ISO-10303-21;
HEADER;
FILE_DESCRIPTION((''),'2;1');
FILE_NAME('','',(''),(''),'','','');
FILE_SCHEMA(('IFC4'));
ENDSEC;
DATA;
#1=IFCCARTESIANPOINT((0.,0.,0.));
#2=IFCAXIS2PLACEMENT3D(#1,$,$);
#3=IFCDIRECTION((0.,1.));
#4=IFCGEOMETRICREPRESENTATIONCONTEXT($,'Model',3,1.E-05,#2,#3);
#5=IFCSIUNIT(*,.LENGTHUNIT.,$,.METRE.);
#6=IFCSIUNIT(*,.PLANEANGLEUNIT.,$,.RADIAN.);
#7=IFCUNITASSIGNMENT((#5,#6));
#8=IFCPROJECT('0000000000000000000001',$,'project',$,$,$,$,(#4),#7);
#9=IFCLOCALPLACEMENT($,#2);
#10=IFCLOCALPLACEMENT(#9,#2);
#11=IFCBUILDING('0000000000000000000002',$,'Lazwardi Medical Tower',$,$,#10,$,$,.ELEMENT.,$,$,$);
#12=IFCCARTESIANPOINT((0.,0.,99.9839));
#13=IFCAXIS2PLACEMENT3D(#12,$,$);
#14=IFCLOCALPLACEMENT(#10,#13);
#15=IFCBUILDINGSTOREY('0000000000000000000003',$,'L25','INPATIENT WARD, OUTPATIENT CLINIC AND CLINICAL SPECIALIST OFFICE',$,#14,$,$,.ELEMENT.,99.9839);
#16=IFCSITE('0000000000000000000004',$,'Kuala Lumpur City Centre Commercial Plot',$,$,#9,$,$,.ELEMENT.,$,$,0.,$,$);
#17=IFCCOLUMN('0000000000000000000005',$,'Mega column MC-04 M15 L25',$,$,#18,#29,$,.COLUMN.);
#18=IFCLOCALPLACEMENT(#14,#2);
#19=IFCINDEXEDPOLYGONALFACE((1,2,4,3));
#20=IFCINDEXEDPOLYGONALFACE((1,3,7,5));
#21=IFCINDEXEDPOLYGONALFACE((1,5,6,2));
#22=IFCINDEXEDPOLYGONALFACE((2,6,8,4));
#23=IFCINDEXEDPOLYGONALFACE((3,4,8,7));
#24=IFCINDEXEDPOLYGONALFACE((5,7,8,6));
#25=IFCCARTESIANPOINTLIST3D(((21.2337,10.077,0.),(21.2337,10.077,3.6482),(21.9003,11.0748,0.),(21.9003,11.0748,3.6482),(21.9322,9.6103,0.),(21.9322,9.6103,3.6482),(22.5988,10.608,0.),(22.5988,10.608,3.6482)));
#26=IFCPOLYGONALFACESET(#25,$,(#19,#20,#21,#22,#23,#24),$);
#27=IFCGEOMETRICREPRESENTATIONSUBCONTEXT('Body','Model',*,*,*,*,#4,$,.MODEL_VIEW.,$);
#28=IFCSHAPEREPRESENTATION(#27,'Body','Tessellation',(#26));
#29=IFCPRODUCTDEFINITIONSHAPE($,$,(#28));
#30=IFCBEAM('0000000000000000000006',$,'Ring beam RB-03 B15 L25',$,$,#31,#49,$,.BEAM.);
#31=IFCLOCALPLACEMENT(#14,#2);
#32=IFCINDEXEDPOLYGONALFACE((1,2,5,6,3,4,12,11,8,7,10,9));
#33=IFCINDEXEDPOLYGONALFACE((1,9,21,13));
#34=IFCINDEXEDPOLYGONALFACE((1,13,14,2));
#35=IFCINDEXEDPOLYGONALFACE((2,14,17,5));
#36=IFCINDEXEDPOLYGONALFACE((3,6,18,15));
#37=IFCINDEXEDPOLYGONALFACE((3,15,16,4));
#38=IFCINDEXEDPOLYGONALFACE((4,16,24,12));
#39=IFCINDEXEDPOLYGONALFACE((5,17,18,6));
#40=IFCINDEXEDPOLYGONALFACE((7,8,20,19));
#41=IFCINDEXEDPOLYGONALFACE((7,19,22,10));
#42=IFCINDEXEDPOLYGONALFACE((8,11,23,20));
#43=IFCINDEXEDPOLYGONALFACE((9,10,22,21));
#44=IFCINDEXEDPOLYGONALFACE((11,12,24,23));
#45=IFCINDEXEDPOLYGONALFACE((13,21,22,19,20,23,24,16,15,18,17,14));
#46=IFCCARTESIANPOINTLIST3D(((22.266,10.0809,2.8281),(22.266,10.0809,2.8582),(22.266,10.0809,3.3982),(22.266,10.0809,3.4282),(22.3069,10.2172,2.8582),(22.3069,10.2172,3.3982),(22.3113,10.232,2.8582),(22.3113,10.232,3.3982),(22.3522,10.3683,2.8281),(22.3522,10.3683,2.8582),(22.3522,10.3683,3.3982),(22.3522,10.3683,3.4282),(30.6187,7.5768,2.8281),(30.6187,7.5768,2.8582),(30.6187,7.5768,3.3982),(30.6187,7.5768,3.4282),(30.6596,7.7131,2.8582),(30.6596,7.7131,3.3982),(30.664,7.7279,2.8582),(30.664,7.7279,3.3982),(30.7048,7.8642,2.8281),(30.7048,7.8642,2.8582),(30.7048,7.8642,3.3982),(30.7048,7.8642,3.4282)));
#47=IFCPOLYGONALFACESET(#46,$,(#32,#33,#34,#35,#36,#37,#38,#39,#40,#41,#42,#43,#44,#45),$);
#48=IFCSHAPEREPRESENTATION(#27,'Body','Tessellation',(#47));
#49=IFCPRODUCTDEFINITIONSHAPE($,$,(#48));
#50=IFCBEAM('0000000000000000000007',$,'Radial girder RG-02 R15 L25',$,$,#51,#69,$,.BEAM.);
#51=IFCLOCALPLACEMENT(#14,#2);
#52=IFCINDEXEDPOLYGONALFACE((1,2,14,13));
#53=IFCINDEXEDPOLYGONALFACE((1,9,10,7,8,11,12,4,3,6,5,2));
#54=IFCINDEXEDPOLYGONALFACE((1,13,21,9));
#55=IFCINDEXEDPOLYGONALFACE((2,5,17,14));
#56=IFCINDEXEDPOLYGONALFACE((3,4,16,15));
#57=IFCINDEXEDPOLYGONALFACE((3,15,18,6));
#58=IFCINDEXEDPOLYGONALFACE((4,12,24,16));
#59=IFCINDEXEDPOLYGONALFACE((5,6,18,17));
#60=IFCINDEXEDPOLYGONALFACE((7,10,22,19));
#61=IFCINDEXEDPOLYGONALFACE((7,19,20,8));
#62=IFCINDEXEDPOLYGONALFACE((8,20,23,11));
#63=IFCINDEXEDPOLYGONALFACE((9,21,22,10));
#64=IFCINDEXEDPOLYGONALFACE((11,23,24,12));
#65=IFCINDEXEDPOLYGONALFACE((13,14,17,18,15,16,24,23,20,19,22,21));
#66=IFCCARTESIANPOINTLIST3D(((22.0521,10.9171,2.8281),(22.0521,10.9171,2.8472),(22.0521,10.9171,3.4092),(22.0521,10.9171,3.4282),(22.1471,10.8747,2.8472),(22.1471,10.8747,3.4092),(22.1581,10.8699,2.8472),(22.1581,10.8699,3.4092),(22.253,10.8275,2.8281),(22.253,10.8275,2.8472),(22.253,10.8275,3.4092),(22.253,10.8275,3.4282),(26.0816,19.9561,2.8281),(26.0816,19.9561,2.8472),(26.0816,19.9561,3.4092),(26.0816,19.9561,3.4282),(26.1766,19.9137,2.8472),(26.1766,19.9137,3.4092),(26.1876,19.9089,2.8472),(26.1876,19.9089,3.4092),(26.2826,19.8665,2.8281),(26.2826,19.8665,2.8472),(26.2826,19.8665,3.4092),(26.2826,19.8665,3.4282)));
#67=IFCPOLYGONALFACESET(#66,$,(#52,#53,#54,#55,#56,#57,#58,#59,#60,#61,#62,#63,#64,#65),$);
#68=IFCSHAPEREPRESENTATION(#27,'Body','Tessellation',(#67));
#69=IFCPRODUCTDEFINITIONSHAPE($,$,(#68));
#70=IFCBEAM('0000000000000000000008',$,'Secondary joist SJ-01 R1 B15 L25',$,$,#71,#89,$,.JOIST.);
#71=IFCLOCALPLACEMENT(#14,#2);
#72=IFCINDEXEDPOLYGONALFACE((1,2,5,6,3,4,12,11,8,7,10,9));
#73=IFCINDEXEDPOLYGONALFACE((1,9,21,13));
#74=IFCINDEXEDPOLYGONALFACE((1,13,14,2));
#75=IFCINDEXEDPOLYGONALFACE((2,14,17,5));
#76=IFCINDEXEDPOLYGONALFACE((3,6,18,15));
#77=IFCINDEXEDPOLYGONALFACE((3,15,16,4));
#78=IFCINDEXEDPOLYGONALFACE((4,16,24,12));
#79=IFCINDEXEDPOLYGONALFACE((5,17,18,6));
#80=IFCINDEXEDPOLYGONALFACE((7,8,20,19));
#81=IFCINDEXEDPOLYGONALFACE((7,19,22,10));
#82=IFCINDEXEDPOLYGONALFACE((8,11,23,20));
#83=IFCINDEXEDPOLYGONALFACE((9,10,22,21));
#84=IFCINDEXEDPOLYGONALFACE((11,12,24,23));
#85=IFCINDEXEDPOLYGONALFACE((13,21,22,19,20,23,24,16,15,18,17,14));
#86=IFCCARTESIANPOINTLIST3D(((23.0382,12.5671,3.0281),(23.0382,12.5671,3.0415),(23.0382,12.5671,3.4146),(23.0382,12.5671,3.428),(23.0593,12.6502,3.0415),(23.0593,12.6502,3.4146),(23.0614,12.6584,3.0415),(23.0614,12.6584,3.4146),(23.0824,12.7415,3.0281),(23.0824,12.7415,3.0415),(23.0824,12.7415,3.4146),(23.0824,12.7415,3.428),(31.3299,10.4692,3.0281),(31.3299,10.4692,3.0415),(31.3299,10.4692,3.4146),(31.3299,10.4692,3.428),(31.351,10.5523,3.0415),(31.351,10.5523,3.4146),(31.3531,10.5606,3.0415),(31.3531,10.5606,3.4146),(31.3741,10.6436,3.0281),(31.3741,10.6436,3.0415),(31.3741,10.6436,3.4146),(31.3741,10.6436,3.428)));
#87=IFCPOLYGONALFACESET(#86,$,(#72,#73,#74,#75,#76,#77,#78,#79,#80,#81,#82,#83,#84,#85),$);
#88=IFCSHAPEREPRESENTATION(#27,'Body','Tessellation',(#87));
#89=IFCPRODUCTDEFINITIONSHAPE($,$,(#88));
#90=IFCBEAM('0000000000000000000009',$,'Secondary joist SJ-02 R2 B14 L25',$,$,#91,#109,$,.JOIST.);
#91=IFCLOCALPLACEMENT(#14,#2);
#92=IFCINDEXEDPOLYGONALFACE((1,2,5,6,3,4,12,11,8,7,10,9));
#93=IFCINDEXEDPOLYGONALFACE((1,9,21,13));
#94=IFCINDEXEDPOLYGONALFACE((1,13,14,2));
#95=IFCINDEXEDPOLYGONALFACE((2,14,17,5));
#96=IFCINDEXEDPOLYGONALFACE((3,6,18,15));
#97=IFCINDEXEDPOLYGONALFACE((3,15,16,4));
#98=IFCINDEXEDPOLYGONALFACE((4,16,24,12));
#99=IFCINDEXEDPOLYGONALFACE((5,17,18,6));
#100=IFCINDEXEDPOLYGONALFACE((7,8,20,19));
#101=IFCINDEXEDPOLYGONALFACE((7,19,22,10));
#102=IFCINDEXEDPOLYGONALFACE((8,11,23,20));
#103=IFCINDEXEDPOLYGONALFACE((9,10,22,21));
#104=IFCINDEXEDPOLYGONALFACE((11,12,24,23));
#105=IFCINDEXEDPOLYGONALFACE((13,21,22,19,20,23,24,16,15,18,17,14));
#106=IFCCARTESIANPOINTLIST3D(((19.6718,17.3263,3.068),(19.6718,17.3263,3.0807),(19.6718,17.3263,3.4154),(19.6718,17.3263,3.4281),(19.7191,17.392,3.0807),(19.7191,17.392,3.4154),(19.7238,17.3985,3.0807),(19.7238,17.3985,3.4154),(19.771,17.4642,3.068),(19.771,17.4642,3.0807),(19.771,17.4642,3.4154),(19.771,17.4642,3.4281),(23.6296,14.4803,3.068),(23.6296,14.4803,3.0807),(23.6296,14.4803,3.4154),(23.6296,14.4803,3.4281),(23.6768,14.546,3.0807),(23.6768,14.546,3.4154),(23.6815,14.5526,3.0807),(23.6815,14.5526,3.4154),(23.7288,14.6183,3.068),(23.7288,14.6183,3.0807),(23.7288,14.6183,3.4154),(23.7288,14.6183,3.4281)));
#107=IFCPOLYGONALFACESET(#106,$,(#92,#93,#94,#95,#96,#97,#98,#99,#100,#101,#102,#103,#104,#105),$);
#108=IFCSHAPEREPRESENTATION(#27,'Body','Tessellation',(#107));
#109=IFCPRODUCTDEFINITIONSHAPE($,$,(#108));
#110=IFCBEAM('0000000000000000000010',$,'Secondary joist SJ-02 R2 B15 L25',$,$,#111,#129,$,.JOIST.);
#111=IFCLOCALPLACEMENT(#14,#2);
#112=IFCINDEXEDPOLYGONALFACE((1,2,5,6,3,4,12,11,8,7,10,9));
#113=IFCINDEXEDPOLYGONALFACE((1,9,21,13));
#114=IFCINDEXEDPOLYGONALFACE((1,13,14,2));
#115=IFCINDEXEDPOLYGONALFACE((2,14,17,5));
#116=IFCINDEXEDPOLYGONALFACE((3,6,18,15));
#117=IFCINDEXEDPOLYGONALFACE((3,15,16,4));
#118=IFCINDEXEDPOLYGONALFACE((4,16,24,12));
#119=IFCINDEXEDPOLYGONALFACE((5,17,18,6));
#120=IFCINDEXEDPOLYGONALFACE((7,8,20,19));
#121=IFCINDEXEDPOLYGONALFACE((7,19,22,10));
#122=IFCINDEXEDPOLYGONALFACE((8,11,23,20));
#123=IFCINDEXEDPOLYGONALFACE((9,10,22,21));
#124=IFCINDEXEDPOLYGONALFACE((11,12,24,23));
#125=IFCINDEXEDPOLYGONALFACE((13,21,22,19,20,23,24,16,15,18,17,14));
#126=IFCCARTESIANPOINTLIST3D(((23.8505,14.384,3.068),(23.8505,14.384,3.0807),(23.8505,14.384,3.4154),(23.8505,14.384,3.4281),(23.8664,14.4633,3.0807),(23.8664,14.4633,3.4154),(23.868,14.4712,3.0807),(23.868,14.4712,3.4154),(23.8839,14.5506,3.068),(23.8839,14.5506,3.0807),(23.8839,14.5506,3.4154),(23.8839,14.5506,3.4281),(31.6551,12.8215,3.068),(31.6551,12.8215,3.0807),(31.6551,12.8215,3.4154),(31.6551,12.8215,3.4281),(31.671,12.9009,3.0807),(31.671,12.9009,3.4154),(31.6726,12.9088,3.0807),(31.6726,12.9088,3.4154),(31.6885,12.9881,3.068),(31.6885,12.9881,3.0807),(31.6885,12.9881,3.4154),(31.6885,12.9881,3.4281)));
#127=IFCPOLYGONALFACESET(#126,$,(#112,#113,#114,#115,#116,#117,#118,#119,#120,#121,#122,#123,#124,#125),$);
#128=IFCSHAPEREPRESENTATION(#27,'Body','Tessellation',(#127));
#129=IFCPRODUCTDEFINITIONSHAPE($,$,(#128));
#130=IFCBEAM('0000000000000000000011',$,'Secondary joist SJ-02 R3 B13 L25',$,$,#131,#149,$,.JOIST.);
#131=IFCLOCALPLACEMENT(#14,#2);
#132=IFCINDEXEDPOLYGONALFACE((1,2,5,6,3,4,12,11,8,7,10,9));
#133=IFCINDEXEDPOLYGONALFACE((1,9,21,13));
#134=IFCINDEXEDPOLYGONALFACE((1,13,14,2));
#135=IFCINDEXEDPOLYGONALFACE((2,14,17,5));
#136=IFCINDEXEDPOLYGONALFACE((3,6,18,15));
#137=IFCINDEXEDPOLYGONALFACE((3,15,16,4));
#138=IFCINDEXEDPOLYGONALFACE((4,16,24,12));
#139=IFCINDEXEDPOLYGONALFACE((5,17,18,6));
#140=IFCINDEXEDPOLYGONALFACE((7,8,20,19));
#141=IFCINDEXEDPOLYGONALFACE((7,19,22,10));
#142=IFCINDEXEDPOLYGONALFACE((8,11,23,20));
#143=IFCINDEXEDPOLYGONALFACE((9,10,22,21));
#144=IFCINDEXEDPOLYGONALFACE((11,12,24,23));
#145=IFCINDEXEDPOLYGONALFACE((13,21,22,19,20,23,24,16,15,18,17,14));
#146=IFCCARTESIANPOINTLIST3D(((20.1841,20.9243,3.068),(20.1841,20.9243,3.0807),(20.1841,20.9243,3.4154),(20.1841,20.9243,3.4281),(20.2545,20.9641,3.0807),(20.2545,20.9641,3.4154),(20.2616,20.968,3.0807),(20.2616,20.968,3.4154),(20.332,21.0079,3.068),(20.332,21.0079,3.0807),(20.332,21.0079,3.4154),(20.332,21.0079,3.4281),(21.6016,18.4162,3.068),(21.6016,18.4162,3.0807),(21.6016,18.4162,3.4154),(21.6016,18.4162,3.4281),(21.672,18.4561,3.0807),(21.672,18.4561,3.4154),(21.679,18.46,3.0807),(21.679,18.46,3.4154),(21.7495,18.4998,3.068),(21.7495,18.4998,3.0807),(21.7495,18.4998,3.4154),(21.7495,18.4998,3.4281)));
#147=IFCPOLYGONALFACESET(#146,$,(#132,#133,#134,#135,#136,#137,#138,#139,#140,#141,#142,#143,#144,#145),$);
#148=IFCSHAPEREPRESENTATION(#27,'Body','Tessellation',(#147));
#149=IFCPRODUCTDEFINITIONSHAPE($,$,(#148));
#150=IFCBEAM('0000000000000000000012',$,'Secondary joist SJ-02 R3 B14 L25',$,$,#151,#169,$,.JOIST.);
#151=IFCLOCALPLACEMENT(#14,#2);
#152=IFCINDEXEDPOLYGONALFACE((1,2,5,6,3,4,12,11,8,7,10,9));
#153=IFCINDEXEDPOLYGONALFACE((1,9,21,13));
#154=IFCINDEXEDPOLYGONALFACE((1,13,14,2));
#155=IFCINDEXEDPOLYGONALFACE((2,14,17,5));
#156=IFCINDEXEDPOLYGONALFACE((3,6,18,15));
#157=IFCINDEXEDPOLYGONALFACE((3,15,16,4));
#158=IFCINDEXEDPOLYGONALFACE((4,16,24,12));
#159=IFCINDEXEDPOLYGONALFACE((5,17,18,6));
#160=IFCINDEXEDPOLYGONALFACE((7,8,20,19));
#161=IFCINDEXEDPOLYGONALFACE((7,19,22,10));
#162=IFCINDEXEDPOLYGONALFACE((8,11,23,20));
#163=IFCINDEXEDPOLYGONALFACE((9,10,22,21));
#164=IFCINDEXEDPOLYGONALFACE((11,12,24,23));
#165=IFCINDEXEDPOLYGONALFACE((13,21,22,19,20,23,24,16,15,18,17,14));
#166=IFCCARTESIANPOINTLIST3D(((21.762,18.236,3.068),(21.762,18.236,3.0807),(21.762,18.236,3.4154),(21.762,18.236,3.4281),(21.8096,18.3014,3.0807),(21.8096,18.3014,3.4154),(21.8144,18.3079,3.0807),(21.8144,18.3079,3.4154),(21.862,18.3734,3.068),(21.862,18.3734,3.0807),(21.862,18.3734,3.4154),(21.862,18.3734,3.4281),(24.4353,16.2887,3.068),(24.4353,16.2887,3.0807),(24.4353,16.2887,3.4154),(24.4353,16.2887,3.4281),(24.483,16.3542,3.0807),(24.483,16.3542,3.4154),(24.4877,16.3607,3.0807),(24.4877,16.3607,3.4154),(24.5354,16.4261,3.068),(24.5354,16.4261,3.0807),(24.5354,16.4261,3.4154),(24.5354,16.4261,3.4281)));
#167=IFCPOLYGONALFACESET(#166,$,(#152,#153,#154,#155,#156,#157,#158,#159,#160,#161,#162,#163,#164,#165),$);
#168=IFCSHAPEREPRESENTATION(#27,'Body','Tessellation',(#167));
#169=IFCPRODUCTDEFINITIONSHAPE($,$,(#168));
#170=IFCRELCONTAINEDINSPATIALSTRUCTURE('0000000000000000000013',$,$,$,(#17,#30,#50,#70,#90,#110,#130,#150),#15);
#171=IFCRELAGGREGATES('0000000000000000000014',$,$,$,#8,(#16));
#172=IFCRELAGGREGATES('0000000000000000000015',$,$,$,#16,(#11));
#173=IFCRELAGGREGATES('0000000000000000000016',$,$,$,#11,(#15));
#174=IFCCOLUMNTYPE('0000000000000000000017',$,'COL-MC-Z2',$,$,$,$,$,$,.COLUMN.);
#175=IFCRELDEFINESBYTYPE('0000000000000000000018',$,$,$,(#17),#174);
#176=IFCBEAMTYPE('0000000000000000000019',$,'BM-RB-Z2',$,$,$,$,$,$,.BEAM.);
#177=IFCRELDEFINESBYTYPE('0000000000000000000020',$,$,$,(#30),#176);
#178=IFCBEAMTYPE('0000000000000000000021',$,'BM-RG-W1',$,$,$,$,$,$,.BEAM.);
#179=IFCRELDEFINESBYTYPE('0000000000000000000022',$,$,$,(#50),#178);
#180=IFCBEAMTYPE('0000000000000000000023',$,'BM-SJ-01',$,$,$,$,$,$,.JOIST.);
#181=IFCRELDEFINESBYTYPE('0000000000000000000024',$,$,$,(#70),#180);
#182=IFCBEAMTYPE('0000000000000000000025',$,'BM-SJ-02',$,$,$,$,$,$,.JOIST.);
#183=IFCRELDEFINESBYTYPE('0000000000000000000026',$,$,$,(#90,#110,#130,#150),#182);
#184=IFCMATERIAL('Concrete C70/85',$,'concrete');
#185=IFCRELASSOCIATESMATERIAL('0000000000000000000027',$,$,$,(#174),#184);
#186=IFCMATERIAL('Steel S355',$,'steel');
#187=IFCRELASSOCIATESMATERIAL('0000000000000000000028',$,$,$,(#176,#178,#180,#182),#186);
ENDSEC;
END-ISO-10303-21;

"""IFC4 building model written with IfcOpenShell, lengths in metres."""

from ifc_helpers import new_model, si_unit, direction, frame, origin, origin_2d, place, context, subcontext, project, spatial, rectangle, i_section, extrude, material, material_profile, profile_set, type_object, element, save


model = new_model("IFC4")

# Units and contexts
model_context = context("Model", 3, precision=1e-05, world=origin(), true_north=direction((0.0, 1.0)))
body_context = subcontext(model_context, "Body", "Model", "MODEL_VIEW")
ifc_project = project(units=[si_unit("LENGTHUNIT", "METRE"), si_unit("PLANEANGLEUNIT", "RADIAN")], contexts=[model_context])

# Site, building, storey
site_placement = place(None, origin())
site = spatial("IfcSite", under=ifc_project, at=site_placement, Name="Kuala Lumpur City Centre Commercial Plot", CompositionType="ELEMENT", RefElevation=0.0)
building_placement = place(site_placement, origin())
building = spatial("IfcBuilding", under=site, at=building_placement, Name="Lazwardi Medical Tower", CompositionType="ELEMENT")
storey_placement = place(building_placement, frame((0.0, 0.0, 99.9839)))
storey = spatial("IfcBuildingStorey", under=building, at=storey_placement, Name="L25", Description="INPATIENT WARD, OUTPATIENT CLINIC AND CLINICAL SPECIALIST OFFICE", CompositionType="ELEMENT", Elevation=99.9839)

# Column
ifc_material_1 = material(Name="Concrete C70/85", Category="concrete")
ifc_material_profile_1 = material_profile(ifc_material_1, rectangle(XDim=1.2, YDim=0.8401, at=origin_2d()), Name="CFT-RECT 1200x840")
ifc_profile_set_1 = profile_set([ifc_material_profile_1], Name="Concrete C70/85")
column_type = type_object("IfcColumnType", Name="COL-MC-Z2", PredefinedType="COLUMN", material=ifc_profile_set_1)
column_placement = place(storey_placement, frame((21.9163, 10.3425, 0.0), z_axis=(0.0, 0.0, 1.0), x_axis=(-0.55557, -0.83147, 0.0)))
element("IfcColumn", 1, at=column_placement, inside=storey, type_object=column_type, Name="Mega column MC-04 M15 L25", PredefinedType="COLUMN", context=body_context, shape_type="SweptSolid", body=[
    extrude(rectangle(XDim=1.2, YDim=0.8401, at=origin_2d()), origin(), (0.0, 0.0, 1.0), 3.6482),
])

# Beams
ifc_material_2 = material(Name="Steel S355", Category="steel")
ifc_material_profile_2 = material_profile(ifc_material_2, i_section(OverallWidth=0.3, OverallDepth=0.6001, WebThickness=0.0154, FlangeThickness=0.03, at=origin_2d()), Name="HEB 600")
ifc_profile_set_2 = profile_set([ifc_material_profile_2], Name="Steel S355")
beam_type_1 = type_object("IfcBeamType", Name="BM-RB-Z2", PredefinedType="BEAM", material=ifc_profile_set_2)
beam_1_placement = place(storey_placement, frame((22.3091, 10.2246, 3.1282), z_axis=(0.957879, -0.287171, 0.0), x_axis=(0.287171, 0.957879, 0.0)))
element("IfcBeam", 2, at=beam_1_placement, inside=storey, type_object=beam_type_1, Name="Ring beam RB-03 B15 L25", PredefinedType="BEAM", context=body_context, shape_type="SweptSolid", body=[
    extrude(i_section(OverallWidth=0.3, OverallDepth=0.6001, WebThickness=0.0154, FlangeThickness=0.03, at=origin_2d()), origin(), (0.0, 0.0, 1.0), 8.72),
])
ifc_material_profile_3 = material_profile(ifc_material_2, i_section(OverallWidth=0.22, OverallDepth=0.6001, WebThickness=0.012, FlangeThickness=0.019, at=origin_2d()), Name="IPE 600")
ifc_profile_set_3 = profile_set([ifc_material_profile_3], Name="Steel S355")
beam_type_2 = type_object("IfcBeamType", Name="BM-RG-W1", PredefinedType="BEAM", material=ifc_profile_set_3)
beam_2_placement = place(storey_placement, frame((22.1526, 10.8723, 3.1282), z_axis=(0.407166, 0.913354, 0.0), x_axis=(-0.913354, 0.407166, 0.0)))
element("IfcBeam", 3, at=beam_2_placement, inside=storey, type_object=beam_type_2, Name="Radial girder RG-02 R15 L25", PredefinedType="BEAM", context=body_context, shape_type="SweptSolid", body=[
    extrude(i_section(OverallWidth=0.22, OverallDepth=0.6001, WebThickness=0.012, FlangeThickness=0.019, at=origin_2d()), origin(), (0.0, 0.0, 1.0), 9.8965),
])
ifc_material_profile_4 = material_profile(ifc_material_2, i_section(OverallWidth=0.1799, OverallDepth=0.3999, WebThickness=0.0085, FlangeThickness=0.0134, at=origin_2d()), Name="IPE 400")
ifc_profile_set_4 = profile_set([ifc_material_profile_4], Name="Steel S355")
beam_type_3 = type_object("IfcBeamType", Name="BM-SJ-01", PredefinedType="JOIST", material=ifc_profile_set_4)
beam_3_placement = place(storey_placement, frame((23.0603, 12.6543, 3.228), z_axis=(0.969452, -0.245282, 0.0), x_axis=(0.245282, 0.969452, 0.0)))
element("IfcBeam", 4, at=beam_3_placement, inside=storey, type_object=beam_type_3, Name="Secondary joist SJ-01 R1 B15 L25", PredefinedType="JOIST", context=body_context, shape_type="SweptSolid", body=[
    extrude(i_section(OverallWidth=0.1799, OverallDepth=0.3999, WebThickness=0.0085, FlangeThickness=0.0134, at=origin_2d()), origin(), (0.0, 0.0, 1.0), 8.553),
])
ifc_material_profile_5 = material_profile(ifc_material_2, i_section(OverallWidth=0.1699, OverallDepth=0.3601, WebThickness=0.0081, FlangeThickness=0.0127, at=origin_2d()), Name="IPE 360")
ifc_profile_set_5 = profile_set([ifc_material_profile_5], Name="Steel S355")
beam_type_4 = type_object("IfcBeamType", Name="BM-SJ-02", PredefinedType="JOIST", material=ifc_profile_set_5)
beam_4_placement = place(storey_placement, frame((19.7214, 17.3953, 3.248), z_axis=(0.811889, -0.583813, 0.0), x_axis=(0.583813, 0.811889, 0.0)))
element("IfcBeam", 5, at=beam_4_placement, inside=storey, type_object=beam_type_4, Name="Secondary joist SJ-02 R2 B14 L25", PredefinedType="JOIST", context=body_context, shape_type="SweptSolid", body=[
    extrude(i_section(OverallWidth=0.1699, OverallDepth=0.3601, WebThickness=0.0081, FlangeThickness=0.0127, at=origin_2d()), origin(), (0.0, 0.0, 1.0), 4.8748),
])
beam_5_placement = place(storey_placement, frame((23.8672, 14.4673, 3.248), z_axis=(0.980543, -0.196305, 0.0), x_axis=(0.196305, 0.980543, 0.0)))
element("IfcBeam", 6, at=beam_5_placement, inside=storey, type_object=beam_type_4, Name="Secondary joist SJ-02 R2 B15 L25", PredefinedType="JOIST", context=body_context, shape_type="SweptSolid", body=[
    extrude(i_section(OverallWidth=0.1699, OverallDepth=0.3601, WebThickness=0.0081, FlangeThickness=0.0127, at=origin_2d()), origin(), (0.0, 0.0, 1.0), 7.9595),
])
beam_6_placement = place(storey_placement, frame((20.2581, 20.9661, 3.248), z_axis=(0.492027, -0.87058, 0.0), x_axis=(0.87058, 0.492027, 0.0)))
element("IfcBeam", 7, at=beam_6_placement, inside=storey, type_object=beam_type_4, Name="Secondary joist SJ-02 R3 B13 L25", PredefinedType="JOIST", context=body_context, shape_type="SweptSolid", body=[
    extrude(i_section(OverallWidth=0.1699, OverallDepth=0.3601, WebThickness=0.0081, FlangeThickness=0.0127, at=origin_2d()), origin(), (0.0, 0.0, 1.0), 2.8809),
])
beam_7_placement = place(storey_placement, frame((21.812, 18.3047, 3.248), z_axis=(0.808302, -0.588768, 0.0), x_axis=(0.588768, 0.808302, 0.0)))
element("IfcBeam", 8, at=beam_7_placement, inside=storey, type_object=beam_type_4, Name="Secondary joist SJ-02 R3 B14 L25", PredefinedType="JOIST", context=body_context, shape_type="SweptSolid", body=[
    extrude(i_section(OverallWidth=0.1699, OverallDepth=0.3601, WebThickness=0.0081, FlangeThickness=0.0127, at=origin_2d()), origin(), (0.0, 0.0, 1.0), 3.3074),
])

save(model, "model.ifc")
